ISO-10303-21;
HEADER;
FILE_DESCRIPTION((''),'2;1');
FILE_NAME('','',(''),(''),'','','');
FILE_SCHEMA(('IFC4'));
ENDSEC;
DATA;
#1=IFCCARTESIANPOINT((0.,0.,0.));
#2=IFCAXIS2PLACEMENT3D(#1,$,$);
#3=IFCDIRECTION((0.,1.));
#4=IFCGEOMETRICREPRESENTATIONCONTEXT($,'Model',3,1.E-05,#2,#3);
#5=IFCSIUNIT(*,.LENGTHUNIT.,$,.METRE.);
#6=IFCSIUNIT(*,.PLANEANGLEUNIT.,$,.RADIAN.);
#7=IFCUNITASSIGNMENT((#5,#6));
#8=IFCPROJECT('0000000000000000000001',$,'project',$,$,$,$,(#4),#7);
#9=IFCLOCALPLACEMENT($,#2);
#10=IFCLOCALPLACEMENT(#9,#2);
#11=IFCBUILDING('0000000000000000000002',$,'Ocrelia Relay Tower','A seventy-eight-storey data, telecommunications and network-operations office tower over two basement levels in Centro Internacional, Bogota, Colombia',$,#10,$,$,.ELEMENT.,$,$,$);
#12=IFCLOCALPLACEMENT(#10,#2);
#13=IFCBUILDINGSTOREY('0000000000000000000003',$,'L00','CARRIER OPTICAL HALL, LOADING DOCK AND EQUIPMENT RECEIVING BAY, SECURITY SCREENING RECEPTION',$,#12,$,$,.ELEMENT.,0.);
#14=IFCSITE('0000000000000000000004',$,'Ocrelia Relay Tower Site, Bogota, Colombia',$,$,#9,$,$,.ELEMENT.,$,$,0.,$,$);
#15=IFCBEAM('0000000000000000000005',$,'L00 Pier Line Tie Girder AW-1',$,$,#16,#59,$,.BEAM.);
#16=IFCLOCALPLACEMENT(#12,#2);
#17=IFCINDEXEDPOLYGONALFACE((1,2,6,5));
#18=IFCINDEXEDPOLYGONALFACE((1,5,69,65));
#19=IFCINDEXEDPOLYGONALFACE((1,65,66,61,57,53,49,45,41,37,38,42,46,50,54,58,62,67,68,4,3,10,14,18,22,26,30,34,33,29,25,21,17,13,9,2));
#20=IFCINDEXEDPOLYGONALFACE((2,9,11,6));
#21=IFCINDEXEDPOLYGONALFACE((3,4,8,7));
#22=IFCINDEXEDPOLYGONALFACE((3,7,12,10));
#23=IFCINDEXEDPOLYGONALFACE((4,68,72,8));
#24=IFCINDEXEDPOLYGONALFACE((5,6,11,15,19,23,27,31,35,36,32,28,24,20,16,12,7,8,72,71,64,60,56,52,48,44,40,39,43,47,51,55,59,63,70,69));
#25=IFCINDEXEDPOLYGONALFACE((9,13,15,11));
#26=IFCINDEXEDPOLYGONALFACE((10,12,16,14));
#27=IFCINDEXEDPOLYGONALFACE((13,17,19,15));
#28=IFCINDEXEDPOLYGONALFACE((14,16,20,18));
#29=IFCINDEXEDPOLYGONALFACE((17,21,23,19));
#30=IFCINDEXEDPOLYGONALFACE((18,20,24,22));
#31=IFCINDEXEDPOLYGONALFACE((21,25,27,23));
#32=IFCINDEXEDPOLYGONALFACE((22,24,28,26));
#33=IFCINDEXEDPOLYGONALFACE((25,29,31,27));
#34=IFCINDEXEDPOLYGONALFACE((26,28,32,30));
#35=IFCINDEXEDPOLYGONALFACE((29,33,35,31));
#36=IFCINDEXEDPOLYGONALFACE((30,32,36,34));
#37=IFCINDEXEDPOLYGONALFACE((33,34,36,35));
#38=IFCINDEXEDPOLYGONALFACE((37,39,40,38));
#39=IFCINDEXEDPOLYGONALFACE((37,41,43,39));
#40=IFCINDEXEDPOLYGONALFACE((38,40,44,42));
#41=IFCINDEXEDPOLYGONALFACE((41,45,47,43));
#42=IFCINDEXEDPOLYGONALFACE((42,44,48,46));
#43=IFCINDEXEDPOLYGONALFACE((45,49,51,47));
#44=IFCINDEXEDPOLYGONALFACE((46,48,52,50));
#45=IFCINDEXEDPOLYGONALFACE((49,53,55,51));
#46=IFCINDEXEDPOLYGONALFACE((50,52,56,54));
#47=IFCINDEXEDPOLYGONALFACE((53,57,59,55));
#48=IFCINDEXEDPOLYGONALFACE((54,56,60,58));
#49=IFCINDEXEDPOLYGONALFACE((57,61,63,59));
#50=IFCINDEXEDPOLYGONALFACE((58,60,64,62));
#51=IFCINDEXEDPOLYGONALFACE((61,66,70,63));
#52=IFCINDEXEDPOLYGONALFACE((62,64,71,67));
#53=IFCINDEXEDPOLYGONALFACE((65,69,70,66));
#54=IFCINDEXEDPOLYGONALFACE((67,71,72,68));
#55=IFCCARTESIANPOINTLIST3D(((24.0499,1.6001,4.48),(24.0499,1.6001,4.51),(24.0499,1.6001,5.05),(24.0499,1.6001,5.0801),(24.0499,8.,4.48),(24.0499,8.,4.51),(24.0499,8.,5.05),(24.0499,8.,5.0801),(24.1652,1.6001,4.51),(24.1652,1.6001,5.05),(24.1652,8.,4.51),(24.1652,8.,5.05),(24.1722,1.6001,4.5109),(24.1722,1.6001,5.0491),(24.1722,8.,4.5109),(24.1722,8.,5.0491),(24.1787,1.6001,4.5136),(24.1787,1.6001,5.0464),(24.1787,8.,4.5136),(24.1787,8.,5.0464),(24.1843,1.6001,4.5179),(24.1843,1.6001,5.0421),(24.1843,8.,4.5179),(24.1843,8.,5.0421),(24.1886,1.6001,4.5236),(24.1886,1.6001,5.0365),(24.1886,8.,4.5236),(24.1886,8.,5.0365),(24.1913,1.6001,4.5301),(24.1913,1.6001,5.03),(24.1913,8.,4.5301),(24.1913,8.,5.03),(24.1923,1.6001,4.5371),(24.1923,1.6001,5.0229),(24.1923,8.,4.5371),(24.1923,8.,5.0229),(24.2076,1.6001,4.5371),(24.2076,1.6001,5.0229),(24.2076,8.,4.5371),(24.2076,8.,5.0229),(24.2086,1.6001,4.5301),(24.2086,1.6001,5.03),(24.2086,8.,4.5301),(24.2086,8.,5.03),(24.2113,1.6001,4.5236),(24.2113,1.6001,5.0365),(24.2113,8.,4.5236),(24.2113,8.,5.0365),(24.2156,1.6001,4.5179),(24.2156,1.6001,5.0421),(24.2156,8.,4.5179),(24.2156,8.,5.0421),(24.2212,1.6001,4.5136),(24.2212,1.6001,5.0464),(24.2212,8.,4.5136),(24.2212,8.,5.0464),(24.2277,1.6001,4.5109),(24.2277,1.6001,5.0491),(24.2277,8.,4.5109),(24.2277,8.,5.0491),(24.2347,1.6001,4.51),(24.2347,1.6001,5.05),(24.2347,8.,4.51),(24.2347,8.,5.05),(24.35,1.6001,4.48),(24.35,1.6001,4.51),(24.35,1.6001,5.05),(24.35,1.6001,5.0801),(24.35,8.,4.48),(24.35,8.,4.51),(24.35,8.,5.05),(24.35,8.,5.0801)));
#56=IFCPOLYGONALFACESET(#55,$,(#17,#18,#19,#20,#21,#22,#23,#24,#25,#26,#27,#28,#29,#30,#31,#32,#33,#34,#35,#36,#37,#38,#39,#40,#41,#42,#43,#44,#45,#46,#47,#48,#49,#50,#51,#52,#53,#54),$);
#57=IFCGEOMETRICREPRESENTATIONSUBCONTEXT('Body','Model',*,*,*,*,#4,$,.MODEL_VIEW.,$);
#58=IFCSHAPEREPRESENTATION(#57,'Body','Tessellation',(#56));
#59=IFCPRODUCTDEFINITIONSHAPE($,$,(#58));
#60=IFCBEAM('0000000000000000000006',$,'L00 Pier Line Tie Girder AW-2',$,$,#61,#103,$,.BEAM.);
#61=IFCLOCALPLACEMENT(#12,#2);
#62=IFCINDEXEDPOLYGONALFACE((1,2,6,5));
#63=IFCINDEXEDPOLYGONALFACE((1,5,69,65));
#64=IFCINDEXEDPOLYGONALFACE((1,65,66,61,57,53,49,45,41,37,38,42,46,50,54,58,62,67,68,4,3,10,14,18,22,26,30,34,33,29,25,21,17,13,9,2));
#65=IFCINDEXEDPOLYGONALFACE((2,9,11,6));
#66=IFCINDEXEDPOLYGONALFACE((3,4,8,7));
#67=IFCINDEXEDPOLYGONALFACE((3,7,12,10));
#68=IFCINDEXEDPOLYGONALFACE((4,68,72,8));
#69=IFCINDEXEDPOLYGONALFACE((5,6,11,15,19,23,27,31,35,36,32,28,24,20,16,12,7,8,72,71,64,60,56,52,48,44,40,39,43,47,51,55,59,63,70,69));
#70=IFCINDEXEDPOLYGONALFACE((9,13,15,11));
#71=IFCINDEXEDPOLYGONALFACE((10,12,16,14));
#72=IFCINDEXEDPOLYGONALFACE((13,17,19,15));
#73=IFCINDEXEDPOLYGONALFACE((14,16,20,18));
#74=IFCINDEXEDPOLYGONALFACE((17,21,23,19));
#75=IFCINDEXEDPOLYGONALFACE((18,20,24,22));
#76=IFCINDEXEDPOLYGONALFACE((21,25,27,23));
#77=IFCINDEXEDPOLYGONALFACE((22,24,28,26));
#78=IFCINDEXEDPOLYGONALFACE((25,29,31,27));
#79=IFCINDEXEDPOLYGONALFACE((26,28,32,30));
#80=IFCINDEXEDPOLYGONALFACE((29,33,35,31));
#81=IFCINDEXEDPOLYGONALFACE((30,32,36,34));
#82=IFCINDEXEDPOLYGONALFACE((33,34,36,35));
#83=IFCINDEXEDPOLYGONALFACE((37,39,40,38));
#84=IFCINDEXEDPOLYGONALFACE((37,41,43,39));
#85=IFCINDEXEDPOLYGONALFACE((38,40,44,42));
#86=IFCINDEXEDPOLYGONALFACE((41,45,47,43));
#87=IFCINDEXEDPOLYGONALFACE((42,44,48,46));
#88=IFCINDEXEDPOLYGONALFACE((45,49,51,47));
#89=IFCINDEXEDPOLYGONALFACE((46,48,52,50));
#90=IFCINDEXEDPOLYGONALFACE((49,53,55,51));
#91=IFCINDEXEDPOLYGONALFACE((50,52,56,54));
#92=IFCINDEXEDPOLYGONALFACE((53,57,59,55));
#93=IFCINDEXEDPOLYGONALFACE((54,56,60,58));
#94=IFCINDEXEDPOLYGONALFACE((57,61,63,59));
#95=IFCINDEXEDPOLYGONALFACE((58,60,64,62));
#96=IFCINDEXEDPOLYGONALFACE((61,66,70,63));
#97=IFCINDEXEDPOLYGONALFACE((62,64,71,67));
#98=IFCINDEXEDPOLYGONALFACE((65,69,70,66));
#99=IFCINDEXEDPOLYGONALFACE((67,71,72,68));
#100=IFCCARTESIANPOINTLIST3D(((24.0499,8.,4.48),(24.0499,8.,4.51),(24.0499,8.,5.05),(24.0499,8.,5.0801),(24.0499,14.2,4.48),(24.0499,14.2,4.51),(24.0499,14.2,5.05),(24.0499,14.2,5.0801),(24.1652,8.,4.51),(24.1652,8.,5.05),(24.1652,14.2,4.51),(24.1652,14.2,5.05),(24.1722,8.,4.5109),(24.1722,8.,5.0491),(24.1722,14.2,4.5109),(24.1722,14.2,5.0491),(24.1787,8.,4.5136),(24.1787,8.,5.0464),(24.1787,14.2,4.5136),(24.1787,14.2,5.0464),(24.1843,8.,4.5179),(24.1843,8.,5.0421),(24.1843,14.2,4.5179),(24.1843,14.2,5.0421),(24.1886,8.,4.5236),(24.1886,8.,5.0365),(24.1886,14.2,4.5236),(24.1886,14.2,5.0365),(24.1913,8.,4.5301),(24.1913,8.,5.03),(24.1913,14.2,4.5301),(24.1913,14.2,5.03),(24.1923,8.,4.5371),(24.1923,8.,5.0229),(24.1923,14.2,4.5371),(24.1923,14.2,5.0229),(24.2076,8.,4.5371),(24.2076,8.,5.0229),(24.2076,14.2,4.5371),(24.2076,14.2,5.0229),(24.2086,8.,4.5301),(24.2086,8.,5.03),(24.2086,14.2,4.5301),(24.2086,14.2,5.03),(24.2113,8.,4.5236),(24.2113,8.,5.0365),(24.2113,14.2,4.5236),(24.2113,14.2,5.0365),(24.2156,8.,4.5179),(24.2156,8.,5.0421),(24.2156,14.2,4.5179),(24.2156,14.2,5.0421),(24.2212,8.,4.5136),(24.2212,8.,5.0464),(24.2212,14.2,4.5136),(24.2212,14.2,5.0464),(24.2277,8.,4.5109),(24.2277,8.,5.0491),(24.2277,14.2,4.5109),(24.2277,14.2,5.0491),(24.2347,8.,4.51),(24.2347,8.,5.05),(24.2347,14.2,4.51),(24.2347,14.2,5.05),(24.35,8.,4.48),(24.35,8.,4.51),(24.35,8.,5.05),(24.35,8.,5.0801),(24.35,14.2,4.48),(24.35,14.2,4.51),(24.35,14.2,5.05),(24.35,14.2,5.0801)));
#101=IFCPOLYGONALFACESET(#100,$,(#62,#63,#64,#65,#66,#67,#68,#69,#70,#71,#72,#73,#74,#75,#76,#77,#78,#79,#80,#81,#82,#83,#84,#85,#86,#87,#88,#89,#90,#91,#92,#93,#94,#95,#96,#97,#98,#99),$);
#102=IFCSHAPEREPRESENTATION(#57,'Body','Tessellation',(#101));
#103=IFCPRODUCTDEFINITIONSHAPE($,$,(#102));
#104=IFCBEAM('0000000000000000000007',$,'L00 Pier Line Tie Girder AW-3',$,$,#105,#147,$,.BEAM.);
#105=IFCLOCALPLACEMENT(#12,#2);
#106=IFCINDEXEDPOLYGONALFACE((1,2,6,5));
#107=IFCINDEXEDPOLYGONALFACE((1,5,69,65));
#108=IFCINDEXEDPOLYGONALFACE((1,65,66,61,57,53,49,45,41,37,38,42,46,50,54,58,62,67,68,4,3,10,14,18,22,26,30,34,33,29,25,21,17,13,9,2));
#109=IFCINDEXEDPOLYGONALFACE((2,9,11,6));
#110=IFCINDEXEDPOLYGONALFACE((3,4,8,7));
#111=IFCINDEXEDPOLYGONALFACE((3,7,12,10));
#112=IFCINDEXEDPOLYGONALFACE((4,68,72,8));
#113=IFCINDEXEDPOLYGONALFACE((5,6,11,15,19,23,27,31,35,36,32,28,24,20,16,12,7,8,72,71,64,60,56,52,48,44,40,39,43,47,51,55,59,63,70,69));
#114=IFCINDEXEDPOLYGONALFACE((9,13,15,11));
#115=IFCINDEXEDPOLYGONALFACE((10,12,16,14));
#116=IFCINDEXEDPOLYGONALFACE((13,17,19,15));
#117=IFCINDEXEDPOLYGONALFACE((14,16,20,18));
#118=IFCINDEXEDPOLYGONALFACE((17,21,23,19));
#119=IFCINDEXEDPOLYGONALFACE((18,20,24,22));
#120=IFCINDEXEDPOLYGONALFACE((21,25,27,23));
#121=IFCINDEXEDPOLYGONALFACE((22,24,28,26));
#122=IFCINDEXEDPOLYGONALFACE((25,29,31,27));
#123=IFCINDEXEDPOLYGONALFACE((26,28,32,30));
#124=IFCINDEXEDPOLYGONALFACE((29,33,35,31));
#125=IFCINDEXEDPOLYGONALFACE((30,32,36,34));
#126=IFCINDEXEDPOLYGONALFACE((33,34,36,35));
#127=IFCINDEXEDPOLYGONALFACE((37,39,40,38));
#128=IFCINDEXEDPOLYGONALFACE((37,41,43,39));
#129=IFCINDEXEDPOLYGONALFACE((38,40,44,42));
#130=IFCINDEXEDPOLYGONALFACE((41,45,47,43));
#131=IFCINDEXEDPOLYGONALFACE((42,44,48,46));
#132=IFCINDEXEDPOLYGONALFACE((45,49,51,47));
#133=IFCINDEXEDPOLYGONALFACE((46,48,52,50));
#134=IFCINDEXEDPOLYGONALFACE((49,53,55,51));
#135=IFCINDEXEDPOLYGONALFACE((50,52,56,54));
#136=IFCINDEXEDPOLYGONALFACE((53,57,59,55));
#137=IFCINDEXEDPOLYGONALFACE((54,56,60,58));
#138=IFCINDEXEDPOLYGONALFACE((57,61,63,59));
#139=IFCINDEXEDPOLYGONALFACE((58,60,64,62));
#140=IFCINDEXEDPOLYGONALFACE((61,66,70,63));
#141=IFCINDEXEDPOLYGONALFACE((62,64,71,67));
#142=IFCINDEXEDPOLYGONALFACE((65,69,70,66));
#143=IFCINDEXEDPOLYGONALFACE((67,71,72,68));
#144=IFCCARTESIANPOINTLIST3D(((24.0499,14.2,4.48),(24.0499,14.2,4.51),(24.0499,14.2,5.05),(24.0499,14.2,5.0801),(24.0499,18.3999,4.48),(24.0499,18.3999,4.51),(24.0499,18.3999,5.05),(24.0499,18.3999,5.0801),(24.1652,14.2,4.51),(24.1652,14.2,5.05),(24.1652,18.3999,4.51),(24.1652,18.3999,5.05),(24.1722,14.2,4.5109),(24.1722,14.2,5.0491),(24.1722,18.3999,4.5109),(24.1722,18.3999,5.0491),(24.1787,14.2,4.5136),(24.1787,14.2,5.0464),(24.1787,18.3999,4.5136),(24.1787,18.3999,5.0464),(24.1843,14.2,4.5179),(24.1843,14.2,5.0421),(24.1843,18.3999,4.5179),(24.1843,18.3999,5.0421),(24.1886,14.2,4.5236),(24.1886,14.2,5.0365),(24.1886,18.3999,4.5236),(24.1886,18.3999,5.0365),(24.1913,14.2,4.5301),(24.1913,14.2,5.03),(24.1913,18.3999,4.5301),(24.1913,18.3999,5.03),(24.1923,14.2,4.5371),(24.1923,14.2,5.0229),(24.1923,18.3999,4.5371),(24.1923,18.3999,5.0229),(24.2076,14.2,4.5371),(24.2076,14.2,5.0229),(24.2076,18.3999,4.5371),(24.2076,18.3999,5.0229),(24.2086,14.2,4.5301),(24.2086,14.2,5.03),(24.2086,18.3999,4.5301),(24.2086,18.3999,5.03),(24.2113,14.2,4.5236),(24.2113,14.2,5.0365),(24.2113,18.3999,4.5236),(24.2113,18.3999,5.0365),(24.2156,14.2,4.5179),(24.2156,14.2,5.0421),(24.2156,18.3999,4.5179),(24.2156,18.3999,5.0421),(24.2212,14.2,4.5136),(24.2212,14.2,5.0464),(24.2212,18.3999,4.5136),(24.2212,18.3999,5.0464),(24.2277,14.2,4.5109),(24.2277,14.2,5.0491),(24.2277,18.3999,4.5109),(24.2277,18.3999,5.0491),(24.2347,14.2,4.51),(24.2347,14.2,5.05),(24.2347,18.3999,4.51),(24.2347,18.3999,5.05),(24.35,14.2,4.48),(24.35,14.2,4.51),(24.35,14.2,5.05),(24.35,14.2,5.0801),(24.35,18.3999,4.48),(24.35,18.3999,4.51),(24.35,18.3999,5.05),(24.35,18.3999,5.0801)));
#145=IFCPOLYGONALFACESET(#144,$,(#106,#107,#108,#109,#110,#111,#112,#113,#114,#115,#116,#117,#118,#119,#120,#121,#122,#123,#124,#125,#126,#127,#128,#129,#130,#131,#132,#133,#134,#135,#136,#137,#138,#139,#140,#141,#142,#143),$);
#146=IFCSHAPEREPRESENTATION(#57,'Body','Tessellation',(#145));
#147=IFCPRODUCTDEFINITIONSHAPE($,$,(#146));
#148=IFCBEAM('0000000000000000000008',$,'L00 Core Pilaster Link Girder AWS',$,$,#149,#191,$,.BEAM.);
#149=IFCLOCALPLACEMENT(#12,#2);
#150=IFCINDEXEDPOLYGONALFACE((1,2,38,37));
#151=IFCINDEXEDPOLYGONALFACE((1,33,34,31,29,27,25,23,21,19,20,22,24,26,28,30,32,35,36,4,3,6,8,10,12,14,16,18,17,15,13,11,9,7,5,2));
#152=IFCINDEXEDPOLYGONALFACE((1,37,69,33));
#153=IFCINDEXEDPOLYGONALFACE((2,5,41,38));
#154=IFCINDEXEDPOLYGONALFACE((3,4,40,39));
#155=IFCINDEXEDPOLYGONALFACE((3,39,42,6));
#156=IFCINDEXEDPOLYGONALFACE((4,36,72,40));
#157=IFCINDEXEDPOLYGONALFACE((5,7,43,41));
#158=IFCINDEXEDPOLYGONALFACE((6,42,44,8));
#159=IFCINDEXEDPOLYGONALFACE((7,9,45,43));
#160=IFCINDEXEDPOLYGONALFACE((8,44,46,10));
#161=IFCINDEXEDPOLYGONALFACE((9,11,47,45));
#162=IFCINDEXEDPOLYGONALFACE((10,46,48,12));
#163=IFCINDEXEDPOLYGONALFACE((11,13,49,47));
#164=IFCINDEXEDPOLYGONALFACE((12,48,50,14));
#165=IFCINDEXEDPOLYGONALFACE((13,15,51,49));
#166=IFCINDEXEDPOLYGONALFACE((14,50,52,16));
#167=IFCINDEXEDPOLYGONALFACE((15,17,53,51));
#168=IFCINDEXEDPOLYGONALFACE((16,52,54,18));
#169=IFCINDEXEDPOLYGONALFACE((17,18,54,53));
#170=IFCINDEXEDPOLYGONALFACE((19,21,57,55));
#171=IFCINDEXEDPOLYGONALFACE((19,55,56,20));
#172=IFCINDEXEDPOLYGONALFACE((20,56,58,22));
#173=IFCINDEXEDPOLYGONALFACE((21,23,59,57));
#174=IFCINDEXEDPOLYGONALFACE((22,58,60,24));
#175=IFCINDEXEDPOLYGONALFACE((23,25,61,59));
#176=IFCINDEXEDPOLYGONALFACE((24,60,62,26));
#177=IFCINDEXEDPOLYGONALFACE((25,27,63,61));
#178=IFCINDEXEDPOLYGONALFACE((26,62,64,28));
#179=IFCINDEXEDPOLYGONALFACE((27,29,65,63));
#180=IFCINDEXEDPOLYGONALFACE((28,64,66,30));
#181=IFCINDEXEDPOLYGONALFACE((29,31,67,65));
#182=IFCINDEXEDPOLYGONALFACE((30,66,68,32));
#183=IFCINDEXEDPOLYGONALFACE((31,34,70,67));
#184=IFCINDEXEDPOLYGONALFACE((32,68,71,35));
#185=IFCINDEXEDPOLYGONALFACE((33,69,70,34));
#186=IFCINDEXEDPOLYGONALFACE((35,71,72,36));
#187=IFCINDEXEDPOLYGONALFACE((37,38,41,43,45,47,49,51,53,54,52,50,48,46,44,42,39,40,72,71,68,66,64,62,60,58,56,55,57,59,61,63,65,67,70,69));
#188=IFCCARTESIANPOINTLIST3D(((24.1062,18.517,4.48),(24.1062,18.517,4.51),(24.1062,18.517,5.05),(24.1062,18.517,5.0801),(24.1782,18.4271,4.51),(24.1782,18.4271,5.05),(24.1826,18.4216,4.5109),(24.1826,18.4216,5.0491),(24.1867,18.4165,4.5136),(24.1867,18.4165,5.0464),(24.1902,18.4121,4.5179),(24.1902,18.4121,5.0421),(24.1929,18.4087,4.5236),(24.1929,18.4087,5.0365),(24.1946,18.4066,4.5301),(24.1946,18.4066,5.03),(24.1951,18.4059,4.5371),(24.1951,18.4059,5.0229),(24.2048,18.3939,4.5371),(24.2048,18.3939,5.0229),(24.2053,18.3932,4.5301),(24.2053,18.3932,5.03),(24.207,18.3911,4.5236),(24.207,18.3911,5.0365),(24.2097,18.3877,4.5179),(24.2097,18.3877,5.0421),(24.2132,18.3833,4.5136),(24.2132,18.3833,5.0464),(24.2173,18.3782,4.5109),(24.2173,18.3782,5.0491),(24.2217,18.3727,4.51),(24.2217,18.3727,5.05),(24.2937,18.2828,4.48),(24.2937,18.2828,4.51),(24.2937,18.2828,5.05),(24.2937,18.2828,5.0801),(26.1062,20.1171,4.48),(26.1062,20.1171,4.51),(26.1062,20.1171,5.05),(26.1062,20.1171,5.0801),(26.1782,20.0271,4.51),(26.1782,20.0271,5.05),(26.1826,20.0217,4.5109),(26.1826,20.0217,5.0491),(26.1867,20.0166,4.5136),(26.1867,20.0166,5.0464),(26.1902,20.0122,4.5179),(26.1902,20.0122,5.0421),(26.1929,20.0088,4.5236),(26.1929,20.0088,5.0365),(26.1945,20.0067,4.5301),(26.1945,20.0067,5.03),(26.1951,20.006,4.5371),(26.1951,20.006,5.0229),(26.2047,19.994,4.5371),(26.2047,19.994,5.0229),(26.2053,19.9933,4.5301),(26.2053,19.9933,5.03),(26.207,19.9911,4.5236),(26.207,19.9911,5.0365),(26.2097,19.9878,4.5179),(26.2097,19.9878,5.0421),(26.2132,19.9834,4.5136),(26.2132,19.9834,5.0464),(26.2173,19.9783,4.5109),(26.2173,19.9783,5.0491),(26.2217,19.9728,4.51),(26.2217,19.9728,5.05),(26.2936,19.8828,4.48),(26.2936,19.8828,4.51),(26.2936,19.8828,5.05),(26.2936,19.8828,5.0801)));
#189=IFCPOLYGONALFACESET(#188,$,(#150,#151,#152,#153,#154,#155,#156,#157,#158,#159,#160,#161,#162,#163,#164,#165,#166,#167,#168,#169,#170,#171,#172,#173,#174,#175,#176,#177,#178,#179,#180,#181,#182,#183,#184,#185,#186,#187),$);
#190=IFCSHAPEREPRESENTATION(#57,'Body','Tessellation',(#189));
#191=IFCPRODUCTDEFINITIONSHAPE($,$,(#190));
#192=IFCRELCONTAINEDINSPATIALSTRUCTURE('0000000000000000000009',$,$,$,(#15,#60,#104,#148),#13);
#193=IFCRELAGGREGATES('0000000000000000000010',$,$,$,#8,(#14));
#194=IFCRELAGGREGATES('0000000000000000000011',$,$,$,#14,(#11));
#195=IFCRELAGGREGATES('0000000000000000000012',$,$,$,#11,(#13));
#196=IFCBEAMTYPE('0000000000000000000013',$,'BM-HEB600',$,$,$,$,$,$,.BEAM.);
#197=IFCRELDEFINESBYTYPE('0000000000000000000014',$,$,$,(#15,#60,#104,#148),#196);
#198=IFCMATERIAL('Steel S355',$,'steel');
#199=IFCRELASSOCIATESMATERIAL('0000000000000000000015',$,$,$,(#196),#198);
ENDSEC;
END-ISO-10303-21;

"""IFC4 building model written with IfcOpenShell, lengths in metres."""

from ifc_helpers import new_model, si_unit, direction, frame, origin, origin_2d, place, context, subcontext, project, spatial, i_section, extrude, material, material_profile, profile_set, type_object, element, save


model = new_model("IFC4")

# Units and contexts
model_context = context("Model", 3, precision=1e-05, world=origin(), true_north=direction((0.0, 1.0)))
body_context = subcontext(model_context, "Body", "Model", "MODEL_VIEW")
ifc_project = project(units=[si_unit("LENGTHUNIT", "METRE"), si_unit("PLANEANGLEUNIT", "RADIAN")], contexts=[model_context])

# Site, building, storey
site_placement = place(None, origin())
site = spatial("IfcSite", under=ifc_project, at=site_placement, Name="Ocrelia Relay Tower Site, Bogota, Colombia", CompositionType="ELEMENT", RefElevation=0.0)
building_placement = place(site_placement, origin())
building = spatial("IfcBuilding", under=site, at=building_placement, Name="Ocrelia Relay Tower", Description="A seventy-eight-storey data, telecommunications and network-operations office tower over two basement levels in Centro Internacional, Bogota, Colombia", CompositionType="ELEMENT")
storey_placement = place(building_placement, origin())
storey = spatial("IfcBuildingStorey", under=building, at=storey_placement, Name="L00", Description="CARRIER OPTICAL HALL, LOADING DOCK AND EQUIPMENT RECEIVING BAY, SECURITY SCREENING RECEPTION", CompositionType="ELEMENT", Elevation=0.0)

# Beams
ifc_material_1 = material(Name="Steel S355", Category="steel")
ifc_material_profile_1 = material_profile(ifc_material_1, i_section(OverallWidth=0.3, OverallDepth=0.6001, WebThickness=0.0154, FlangeThickness=0.03, FilletRadius=0.0271, at=origin_2d()), Name="HEB 600")
ifc_profile_set_1 = profile_set([ifc_material_profile_1], Name="Steel S355")
beam_type_1 = type_object("IfcBeamType", Name="BM-HEB600", PredefinedType="BEAM", material=ifc_profile_set_1)
beam_1_placement = place(storey_placement, frame((24.2, 1.6001, 4.78), z_axis=(0.0, 1.0, 0.0), x_axis=(-1.0, 0.0, 0.0)))
element("IfcBeam", 1, at=beam_1_placement, inside=storey, type_object=beam_type_1, Name="L00 Pier Line Tie Girder AW-1", PredefinedType="BEAM", context=body_context, shape_type="SweptSolid", body=[
    extrude(i_section(OverallWidth=0.3, OverallDepth=0.6001, WebThickness=0.0154, FlangeThickness=0.03, FilletRadius=0.0271, at=origin_2d()), origin(), (0.0, 0.0, 1.0), 6.3999),
])
beam_2_placement = place(storey_placement, frame((24.2, 8.0, 4.78), z_axis=(0.0, 1.0, 0.0), x_axis=(-1.0, 0.0, 0.0)))
element("IfcBeam", 2, at=beam_2_placement, inside=storey, type_object=beam_type_1, Name="L00 Pier Line Tie Girder AW-2", PredefinedType="BEAM", context=body_context, shape_type="SweptSolid", body=[
    extrude(i_section(OverallWidth=0.3, OverallDepth=0.6001, WebThickness=0.0154, FlangeThickness=0.03, FilletRadius=0.0271, at=origin_2d()), origin(), (0.0, 0.0, 1.0), 6.2),
])
beam_3_placement = place(storey_placement, frame((24.2, 14.2, 4.78), z_axis=(0.0, 1.0, 0.0), x_axis=(-1.0, 0.0, 0.0)))
element("IfcBeam", 3, at=beam_3_placement, inside=storey, type_object=beam_type_1, Name="L00 Pier Line Tie Girder AW-3", PredefinedType="BEAM", context=body_context, shape_type="SweptSolid", body=[
    extrude(i_section(OverallWidth=0.3, OverallDepth=0.6001, WebThickness=0.0154, FlangeThickness=0.03, FilletRadius=0.0271, at=origin_2d()), origin(), (0.0, 0.0, 1.0), 4.2),
])
beam_4_placement = place(storey_placement, frame((24.2, 18.3999, 4.78), z_axis=(0.78085, 0.624718, 0.0), x_axis=(-0.624718, 0.78085, 0.0)))
element("IfcBeam", 4, at=beam_4_placement, inside=storey, type_object=beam_type_1, Name="L00 Core Pilaster Link Girder AWS", PredefinedType="BEAM", context=body_context, shape_type="SweptSolid", body=[
    extrude(i_section(OverallWidth=0.3, OverallDepth=0.6001, WebThickness=0.0154, FlangeThickness=0.03, FilletRadius=0.0271, at=origin_2d()), origin(), (0.0, 0.0, 1.0), 2.5613),
])

save(model, "model.ifc")
